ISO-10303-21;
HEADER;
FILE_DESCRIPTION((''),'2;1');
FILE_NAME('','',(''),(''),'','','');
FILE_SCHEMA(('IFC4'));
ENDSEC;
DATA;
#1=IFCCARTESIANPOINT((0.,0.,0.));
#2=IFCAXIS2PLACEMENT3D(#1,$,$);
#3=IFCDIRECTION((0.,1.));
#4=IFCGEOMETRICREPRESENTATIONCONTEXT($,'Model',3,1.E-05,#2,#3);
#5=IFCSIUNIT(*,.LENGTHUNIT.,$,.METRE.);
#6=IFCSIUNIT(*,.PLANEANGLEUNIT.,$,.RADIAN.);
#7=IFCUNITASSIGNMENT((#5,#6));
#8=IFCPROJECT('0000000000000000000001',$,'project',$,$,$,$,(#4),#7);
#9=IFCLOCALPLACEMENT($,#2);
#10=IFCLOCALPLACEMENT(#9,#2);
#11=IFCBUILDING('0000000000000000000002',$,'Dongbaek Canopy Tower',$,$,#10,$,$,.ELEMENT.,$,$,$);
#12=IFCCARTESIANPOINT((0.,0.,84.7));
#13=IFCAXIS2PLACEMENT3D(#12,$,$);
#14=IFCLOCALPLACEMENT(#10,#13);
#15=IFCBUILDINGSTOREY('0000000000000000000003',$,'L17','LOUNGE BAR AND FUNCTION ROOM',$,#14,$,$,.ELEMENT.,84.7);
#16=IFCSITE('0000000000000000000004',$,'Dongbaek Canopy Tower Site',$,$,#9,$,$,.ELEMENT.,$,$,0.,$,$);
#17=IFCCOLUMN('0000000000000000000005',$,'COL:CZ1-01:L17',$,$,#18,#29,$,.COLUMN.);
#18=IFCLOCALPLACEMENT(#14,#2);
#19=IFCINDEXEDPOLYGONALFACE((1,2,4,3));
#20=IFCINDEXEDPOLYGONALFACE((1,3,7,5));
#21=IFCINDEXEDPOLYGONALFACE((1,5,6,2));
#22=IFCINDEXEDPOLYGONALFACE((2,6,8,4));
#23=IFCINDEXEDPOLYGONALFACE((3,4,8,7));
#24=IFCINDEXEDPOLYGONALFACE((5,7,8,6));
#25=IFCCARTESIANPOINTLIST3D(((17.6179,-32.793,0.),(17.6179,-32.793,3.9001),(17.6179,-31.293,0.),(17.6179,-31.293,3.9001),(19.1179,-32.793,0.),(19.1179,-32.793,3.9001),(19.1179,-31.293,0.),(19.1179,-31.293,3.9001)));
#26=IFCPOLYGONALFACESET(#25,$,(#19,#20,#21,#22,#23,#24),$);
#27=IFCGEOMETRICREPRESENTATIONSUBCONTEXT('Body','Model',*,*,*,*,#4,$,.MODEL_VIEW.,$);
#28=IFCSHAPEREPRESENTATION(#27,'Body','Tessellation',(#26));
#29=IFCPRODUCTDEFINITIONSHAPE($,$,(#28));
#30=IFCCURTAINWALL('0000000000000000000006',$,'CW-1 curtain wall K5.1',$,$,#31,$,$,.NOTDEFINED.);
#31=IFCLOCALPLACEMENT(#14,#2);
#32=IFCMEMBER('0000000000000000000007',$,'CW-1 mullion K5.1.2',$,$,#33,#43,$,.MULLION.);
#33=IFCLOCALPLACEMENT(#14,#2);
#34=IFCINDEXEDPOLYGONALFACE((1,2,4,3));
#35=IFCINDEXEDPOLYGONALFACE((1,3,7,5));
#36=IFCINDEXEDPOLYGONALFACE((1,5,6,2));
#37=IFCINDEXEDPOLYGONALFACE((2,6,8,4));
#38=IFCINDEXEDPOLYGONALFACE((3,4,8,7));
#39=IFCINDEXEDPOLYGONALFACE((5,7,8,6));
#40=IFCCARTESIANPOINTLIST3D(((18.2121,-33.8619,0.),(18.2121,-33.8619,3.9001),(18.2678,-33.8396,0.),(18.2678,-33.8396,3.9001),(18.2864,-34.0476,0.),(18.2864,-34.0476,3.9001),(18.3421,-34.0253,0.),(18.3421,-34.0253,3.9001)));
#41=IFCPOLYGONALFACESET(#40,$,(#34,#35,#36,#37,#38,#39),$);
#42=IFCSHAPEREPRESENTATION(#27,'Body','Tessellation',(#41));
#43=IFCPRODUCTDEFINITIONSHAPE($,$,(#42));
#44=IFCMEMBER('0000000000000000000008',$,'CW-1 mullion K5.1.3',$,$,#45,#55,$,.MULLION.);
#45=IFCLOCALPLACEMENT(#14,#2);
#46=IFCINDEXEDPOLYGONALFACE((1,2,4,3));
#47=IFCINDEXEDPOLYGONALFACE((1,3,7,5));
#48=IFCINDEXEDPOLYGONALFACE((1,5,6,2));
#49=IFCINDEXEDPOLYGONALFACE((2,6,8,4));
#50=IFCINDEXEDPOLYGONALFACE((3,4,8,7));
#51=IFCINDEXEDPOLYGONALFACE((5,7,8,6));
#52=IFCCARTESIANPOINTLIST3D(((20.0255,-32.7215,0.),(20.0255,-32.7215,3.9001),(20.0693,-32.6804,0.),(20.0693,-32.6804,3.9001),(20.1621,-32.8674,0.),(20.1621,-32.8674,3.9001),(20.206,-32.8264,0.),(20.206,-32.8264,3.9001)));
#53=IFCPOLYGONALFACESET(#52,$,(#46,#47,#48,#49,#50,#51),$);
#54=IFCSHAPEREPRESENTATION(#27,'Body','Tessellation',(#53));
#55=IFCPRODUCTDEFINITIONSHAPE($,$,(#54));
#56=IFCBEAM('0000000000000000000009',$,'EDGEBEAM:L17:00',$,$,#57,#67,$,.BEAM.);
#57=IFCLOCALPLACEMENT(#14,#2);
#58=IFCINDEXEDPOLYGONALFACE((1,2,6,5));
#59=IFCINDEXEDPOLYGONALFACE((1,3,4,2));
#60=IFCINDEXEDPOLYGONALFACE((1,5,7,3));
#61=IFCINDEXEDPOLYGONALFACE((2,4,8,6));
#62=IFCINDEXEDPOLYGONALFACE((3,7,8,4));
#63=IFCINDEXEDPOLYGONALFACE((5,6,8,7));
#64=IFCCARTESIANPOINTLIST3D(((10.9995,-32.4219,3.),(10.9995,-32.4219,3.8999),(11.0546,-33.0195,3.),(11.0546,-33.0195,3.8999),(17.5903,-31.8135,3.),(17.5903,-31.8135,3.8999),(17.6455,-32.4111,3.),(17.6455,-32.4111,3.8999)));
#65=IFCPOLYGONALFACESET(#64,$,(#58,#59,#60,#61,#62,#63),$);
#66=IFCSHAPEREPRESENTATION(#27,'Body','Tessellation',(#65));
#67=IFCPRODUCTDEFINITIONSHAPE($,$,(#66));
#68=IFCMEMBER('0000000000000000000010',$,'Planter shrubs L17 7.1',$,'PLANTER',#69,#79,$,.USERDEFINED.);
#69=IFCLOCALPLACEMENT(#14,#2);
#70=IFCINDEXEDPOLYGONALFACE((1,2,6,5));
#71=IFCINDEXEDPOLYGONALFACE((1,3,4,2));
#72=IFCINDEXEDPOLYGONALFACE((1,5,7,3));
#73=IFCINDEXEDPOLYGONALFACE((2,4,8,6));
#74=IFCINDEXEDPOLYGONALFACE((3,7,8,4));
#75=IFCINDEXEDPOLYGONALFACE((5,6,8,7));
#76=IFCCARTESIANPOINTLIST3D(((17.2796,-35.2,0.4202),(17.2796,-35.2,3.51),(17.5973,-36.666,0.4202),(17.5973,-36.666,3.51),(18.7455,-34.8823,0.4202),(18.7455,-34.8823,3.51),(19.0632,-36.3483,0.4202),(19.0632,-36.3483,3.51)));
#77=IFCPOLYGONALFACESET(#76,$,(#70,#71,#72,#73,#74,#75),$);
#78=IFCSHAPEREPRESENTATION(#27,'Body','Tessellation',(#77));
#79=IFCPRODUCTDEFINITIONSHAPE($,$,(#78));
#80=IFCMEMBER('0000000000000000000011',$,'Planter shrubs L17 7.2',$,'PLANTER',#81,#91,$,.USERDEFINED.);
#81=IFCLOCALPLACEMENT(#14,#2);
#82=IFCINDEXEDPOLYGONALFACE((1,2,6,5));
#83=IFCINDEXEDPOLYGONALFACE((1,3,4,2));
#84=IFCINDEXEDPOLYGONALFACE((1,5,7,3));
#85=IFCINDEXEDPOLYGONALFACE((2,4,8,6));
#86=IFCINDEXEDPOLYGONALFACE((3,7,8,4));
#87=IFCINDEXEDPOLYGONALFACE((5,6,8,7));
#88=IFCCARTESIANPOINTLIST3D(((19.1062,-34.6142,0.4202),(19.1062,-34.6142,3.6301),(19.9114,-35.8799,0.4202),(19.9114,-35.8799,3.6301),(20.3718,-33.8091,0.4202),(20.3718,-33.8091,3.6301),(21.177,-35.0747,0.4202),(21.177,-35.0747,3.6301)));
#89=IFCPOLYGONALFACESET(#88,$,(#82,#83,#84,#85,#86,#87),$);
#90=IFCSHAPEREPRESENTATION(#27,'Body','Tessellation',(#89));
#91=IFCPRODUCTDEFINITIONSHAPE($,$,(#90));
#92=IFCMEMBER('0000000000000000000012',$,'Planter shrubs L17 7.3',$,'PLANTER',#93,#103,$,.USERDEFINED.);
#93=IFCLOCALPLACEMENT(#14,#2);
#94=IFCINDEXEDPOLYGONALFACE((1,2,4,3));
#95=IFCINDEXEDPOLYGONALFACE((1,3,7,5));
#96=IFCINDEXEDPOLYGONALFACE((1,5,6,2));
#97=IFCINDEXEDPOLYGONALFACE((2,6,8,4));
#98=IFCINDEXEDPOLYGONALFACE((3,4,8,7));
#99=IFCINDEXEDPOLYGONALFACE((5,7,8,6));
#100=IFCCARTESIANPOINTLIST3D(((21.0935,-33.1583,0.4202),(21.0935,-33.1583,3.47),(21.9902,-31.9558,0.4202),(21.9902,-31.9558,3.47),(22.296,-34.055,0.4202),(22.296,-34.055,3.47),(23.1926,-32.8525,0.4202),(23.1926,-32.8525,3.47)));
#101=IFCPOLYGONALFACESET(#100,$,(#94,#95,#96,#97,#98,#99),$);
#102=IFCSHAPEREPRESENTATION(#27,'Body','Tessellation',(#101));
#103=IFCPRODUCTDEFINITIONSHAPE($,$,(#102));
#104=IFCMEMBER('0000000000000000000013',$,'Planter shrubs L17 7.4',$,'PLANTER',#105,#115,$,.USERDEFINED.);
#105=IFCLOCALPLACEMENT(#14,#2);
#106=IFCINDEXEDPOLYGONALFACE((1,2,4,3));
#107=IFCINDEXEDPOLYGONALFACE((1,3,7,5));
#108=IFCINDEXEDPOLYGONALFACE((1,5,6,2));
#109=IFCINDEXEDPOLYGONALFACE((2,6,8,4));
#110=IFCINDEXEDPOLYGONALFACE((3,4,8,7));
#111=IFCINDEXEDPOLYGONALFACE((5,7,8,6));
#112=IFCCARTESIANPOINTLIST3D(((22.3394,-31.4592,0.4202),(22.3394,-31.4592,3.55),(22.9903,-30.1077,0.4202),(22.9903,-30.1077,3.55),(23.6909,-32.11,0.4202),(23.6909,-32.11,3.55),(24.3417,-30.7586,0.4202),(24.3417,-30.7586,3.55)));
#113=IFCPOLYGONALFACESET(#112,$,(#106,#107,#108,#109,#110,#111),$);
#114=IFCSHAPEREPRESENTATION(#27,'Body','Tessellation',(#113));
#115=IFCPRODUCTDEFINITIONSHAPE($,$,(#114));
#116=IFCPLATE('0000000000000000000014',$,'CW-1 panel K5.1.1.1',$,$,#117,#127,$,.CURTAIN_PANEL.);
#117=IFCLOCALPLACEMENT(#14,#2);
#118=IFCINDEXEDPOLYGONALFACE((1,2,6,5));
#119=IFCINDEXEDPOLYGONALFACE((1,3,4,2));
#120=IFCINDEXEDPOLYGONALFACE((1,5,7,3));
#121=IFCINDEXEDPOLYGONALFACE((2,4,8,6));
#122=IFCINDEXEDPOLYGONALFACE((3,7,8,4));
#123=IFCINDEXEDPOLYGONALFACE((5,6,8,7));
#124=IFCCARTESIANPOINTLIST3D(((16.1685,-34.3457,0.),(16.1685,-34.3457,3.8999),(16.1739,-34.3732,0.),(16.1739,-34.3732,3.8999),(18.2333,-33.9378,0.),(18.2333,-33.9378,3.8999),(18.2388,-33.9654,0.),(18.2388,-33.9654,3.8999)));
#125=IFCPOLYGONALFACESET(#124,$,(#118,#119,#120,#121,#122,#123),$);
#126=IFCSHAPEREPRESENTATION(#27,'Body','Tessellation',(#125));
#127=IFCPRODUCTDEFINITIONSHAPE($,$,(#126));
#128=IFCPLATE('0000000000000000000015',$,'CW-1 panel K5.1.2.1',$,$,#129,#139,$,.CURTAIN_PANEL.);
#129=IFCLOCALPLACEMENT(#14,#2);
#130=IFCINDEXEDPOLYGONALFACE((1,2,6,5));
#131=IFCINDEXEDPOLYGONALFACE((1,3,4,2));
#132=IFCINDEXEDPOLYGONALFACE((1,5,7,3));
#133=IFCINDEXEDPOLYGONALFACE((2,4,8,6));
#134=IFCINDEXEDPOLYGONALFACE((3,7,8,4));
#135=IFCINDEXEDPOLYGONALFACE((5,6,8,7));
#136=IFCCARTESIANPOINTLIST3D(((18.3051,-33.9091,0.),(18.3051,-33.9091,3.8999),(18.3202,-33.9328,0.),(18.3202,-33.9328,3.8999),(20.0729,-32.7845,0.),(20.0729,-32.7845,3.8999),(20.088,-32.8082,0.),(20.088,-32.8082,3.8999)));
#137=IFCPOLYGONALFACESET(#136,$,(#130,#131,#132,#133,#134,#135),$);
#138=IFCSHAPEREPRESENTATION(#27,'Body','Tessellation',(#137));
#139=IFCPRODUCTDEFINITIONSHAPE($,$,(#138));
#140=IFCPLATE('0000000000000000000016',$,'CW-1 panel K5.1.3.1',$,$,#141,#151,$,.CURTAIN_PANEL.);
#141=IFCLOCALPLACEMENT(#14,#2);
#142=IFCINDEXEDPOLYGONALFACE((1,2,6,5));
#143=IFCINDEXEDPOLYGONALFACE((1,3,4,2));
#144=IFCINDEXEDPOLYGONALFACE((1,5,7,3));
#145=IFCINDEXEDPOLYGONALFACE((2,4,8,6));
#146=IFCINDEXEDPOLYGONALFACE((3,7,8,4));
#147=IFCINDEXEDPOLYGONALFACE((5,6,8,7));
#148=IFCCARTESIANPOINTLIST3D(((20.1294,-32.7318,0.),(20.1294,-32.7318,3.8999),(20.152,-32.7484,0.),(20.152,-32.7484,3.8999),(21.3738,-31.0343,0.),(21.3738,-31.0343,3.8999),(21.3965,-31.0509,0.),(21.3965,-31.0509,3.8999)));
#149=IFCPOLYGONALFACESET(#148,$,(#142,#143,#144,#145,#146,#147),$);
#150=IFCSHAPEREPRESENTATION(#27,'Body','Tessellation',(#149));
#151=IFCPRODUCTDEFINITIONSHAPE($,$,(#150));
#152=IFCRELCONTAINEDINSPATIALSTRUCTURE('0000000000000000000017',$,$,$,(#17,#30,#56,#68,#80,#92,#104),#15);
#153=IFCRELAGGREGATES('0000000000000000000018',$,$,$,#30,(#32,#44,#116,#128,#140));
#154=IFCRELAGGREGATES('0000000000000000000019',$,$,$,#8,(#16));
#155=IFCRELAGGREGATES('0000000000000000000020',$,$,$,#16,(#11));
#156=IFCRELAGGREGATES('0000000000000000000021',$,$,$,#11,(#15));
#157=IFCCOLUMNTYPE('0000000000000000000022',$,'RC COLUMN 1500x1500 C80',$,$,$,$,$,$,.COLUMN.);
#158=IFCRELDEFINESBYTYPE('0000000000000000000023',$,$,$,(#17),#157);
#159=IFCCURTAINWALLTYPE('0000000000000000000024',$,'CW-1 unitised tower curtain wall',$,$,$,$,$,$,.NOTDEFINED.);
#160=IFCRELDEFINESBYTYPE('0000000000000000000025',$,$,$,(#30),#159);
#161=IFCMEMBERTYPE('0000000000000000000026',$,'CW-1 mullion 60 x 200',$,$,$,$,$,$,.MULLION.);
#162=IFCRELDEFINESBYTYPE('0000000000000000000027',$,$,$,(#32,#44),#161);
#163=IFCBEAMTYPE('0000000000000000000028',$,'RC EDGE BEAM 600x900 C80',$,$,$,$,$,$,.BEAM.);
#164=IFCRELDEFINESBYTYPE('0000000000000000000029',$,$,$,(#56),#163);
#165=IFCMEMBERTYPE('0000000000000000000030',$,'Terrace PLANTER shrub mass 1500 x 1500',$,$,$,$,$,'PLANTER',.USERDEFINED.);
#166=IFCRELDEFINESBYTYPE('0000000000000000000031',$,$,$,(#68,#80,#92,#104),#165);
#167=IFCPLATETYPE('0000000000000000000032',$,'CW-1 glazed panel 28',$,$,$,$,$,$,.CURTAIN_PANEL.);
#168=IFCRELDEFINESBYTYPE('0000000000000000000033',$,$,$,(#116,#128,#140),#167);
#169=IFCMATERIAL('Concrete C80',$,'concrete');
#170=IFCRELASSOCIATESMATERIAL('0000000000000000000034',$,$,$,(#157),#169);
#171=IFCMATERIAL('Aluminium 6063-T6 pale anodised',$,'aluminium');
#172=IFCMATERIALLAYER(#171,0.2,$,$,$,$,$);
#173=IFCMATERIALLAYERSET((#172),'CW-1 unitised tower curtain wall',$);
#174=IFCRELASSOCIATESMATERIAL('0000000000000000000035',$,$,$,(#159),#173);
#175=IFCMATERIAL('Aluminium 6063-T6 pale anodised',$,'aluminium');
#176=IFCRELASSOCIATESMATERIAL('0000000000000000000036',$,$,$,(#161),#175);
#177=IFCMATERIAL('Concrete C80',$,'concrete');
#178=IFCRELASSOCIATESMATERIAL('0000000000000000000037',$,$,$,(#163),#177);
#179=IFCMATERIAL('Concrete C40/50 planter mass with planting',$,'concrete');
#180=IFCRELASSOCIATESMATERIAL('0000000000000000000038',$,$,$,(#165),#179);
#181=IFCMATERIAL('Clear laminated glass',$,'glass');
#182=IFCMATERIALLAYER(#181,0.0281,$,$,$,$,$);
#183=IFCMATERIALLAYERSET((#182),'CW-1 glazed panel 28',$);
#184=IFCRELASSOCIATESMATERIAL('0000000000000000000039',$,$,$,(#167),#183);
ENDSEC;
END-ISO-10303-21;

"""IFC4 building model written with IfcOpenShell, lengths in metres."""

from ifc_helpers import new_model, si_unit, direction, frame, origin, origin_2d, place, context, subcontext, project, spatial, rectangle, extrude, material, layer, layer_set, material_profile, profile_set, type_object, element, aggregate, save


model = new_model("IFC4")

# Units and contexts
model_context = context("Model", 3, precision=1e-05, world=origin(), true_north=direction((0.0, 1.0)))
body_context = subcontext(model_context, "Body", "Model", "MODEL_VIEW")
ifc_project = project(units=[si_unit("LENGTHUNIT", "METRE"), si_unit("PLANEANGLEUNIT", "RADIAN")], contexts=[model_context])

# Site, building, storey
site_placement = place(None, origin())
site = spatial("IfcSite", under=ifc_project, at=site_placement, Name="Dongbaek Canopy Tower Site", CompositionType="ELEMENT", RefElevation=0.0)
building_placement = place(site_placement, origin())
building = spatial("IfcBuilding", under=site, at=building_placement, Name="Dongbaek Canopy Tower", CompositionType="ELEMENT")
storey_placement = place(building_placement, frame((0.0, 0.0, 84.7)))
storey = spatial("IfcBuildingStorey", under=building, at=storey_placement, Name="L17", Description="LOUNGE BAR AND FUNCTION ROOM", CompositionType="ELEMENT", Elevation=84.7)

# Column
ifc_material_1 = material(Name="Concrete C80", Category="concrete")
ifc_material_profile_1 = material_profile(ifc_material_1, rectangle(XDim=1.5, YDim=1.5, at=origin_2d()), Name="RC COLUMN 1500x1500 C80")
ifc_profile_set_1 = profile_set([ifc_material_profile_1], Name="Concrete C80")
column_type = type_object("IfcColumnType", Name="RC COLUMN 1500x1500 C80", PredefinedType="COLUMN", material=ifc_profile_set_1)
column_placement = place(storey_placement, frame((18.3679, -32.043, 0.0), z_axis=(0.0, 0.0, 1.0), x_axis=(1.0, 0.0, 0.0)))
element("IfcColumn", 1, at=column_placement, inside=storey, type_object=column_type, Name="COL:CZ1-01:L17", PredefinedType="COLUMN", context=body_context, shape_type="SweptSolid", body=[
    extrude(rectangle(XDim=1.5, YDim=1.5, at=origin_2d()), origin(), (0.0, 0.0, 1.0), 3.9001),
])

# Curtain wall, members
ifc_material_2 = material(Name="Aluminium 6063-T6 pale anodised", Category="aluminium")
ifc_layer_1 = layer(ifc_material_2, 0.2)
ifc_layer_set_1 = layer_set([ifc_layer_1], Name="CW-1 unitised tower curtain wall")
curtain_wall_type = type_object("IfcCurtainWallType", Name="CW-1 unitised tower curtain wall", PredefinedType="NOTDEFINED", material=ifc_layer_set_1)
curtain_wall_placement = place(storey_placement, origin())
curtain_wall = element("IfcCurtainWall", 2, at=curtain_wall_placement, inside=storey, type_object=curtain_wall_type, Name="CW-1 curtain wall K5.1", PredefinedType="NOTDEFINED")
ifc_material_3 = material(Name="Aluminium 6063-T6 pale anodised", Category="aluminium")
ifc_material_profile_2 = material_profile(ifc_material_3, rectangle(XDim=0.2, YDim=0.0601, at=origin_2d()), Name="CW-1 mullion 60 x 200")
ifc_profile_set_2 = profile_set([ifc_material_profile_2], Name="Aluminium 6063-T6 pale anodised")
member_type_1 = type_object("IfcMemberType", Name="CW-1 mullion 60 x 200", PredefinedType="MULLION", material=ifc_profile_set_2)
member_1_placement = place(storey_placement, frame((18.2771, -33.9436, 0.0), z_axis=(0.0, 0.0, 1.0), x_axis=(0.371658, -0.92837, 0.0)))
member_1 = element("IfcMember", 3, at=member_1_placement, type_object=member_type_1, Name="CW-1 mullion K5.1.2", PredefinedType="MULLION", context=body_context, shape_type="SweptSolid", body=[
    extrude(rectangle(XDim=0.2, YDim=0.0601, at=origin_2d()), origin(), (0.0, 0.0, 1.0), 3.9001),
])
member_2_placement = place(storey_placement, frame((20.1157, -32.7739, 0.0), z_axis=(0.0, 0.0, 1.0), x_axis=(0.683384, -0.730059, 0.0)))
member_2 = element("IfcMember", 4, at=member_2_placement, type_object=member_type_1, Name="CW-1 mullion K5.1.3", PredefinedType="MULLION", context=body_context, shape_type="SweptSolid", body=[
    extrude(rectangle(XDim=0.2, YDim=0.0601, at=origin_2d()), origin(), (0.0, 0.0, 1.0), 3.9001),
])

# Beam
ifc_material_4 = material(Name="Concrete C80", Category="concrete")
ifc_material_profile_3 = material_profile(ifc_material_4, rectangle(XDim=0.6001, YDim=0.8999, at=origin_2d()), Name="RC EDGE BEAM 600x900 C80")
ifc_profile_set_3 = profile_set([ifc_material_profile_3], Name="Concrete C80")
beam_type = type_object("IfcBeamType", Name="RC EDGE BEAM 600x900 C80", PredefinedType="BEAM", material=ifc_profile_set_3)
beam_placement = place(storey_placement, frame((17.6179, -32.1123, 3.45), z_axis=(-0.995766, -0.091919, 0.0), x_axis=(0.091919, -0.995766, 0.0)))
element("IfcBeam", 5, at=beam_placement, inside=storey, type_object=beam_type, Name="EDGEBEAM:L17:00", PredefinedType="BEAM", context=body_context, shape_type="SweptSolid", body=[
    extrude(rectangle(XDim=0.6001, YDim=0.8999, at=origin_2d()), origin(), (0.0, 0.0, 1.0), 6.6189),
])

# Members
ifc_material_5 = material(Name="Concrete C40/50 planter mass with planting", Category="concrete")
ifc_material_profile_4 = material_profile(ifc_material_5, rectangle(XDim=1.5, YDim=1.5, at=origin_2d()), Name="Terrace PLANTER shrub mass 1500 x 1500")
ifc_profile_set_4 = profile_set([ifc_material_profile_4], Name="Concrete C40/50 planter mass with planting")
member_type_2 = type_object("IfcMemberType", Name="Terrace PLANTER shrub mass 1500 x 1500", ElementType="PLANTER", PredefinedType="USERDEFINED", material=ifc_profile_set_4)
member_3_placement = place(storey_placement, frame((18.1714, -35.7742, 0.4202), z_axis=(0.0, 0.0, 1.0), x_axis=(0.2118, -0.977313, 0.0)))
element("IfcMember", 6, at=member_3_placement, inside=storey, type_object=member_type_2, Name="Planter shrubs L17 7.1", ObjectType="PLANTER", PredefinedType="USERDEFINED", context=body_context, shape_type="SweptSolid", body=[
    extrude(rectangle(XDim=1.5, YDim=1.5, at=origin_2d()), origin(), (0.0, 0.0, 1.0), 3.0898),
])
member_4_placement = place(storey_placement, frame((20.1416, -34.8445, 0.4202), z_axis=(0.0, 0.0, 1.0), x_axis=(0.536759, -0.843736, 0.0)))
element("IfcMember", 7, at=member_4_placement, inside=storey, type_object=member_type_2, Name="Planter shrubs L17 7.2", ObjectType="PLANTER", PredefinedType="USERDEFINED", context=body_context, shape_type="SweptSolid", body=[
    extrude(rectangle(XDim=1.5, YDim=1.5, at=origin_2d()), origin(), (0.0, 0.0, 1.0), 3.21),
])
member_5_placement = place(storey_placement, frame((22.1431, -33.0054, 0.4202), z_axis=(0.0, 0.0, 1.0), x_axis=(0.80166, -0.59778, 0.0)))
element("IfcMember", 8, at=member_5_placement, inside=storey, type_object=member_type_2, Name="Planter shrubs L17 7.3", ObjectType="PLANTER", PredefinedType="USERDEFINED", context=body_context, shape_type="SweptSolid", body=[
    extrude(rectangle(XDim=1.5, YDim=1.5, at=origin_2d()), origin(), (0.0, 0.0, 1.0), 3.0498),
])
member_6_placement = place(storey_placement, frame((23.3406, -31.1089, 0.4202), z_axis=(0.0, 0.0, 1.0), x_axis=(0.900961, -0.4339, 0.0)))
element("IfcMember", 9, at=member_6_placement, inside=storey, type_object=member_type_2, Name="Planter shrubs L17 7.4", ObjectType="PLANTER", PredefinedType="USERDEFINED", context=body_context, shape_type="SweptSolid", body=[
    extrude(rectangle(XDim=1.5, YDim=1.5, at=origin_2d()), origin(), (0.0, 0.0, 1.0), 3.1299),
])

# Plates
ifc_material_6 = material(Name="Clear laminated glass", Category="glass")
ifc_layer_2 = layer(ifc_material_6, 0.0281)
ifc_layer_set_2 = layer_set([ifc_layer_2], Name="CW-1 glazed panel 28")
plate_type = type_object("IfcPlateType", Name="CW-1 glazed panel 28", PredefinedType="CURTAIN_PANEL", material=ifc_layer_set_2)
plate_1_placement = place(storey_placement, frame((17.2036, -34.1555, 0.0), z_axis=(0.0, 0.0, 1.0), x_axis=(0.981048, 0.193764, 0.0)))
plate_1 = element("IfcPlate", 10, at=plate_1_placement, type_object=plate_type, Name="CW-1 panel K5.1.1.1", PredefinedType="CURTAIN_PANEL", context=body_context, shape_type="SweptSolid", body=[
    extrude(rectangle(XDim=2.1047, YDim=0.0281, at=origin_2d()), origin(), (0.0, 0.0, 1.0), 3.8999),
])
plate_2_placement = place(storey_placement, frame((19.1965, -33.3586, 0.0), z_axis=(0.0, 0.0, 1.0), x_axis=(0.843736, 0.536759, 0.0)))
plate_2 = element("IfcPlate", 11, at=plate_2_placement, type_object=plate_type, Name="CW-1 panel K5.1.2.1", PredefinedType="CURTAIN_PANEL", context=body_context, shape_type="SweptSolid", body=[
    extrude(rectangle(XDim=2.0952, YDim=0.0281, at=origin_2d()), origin(), (0.0, 0.0, 1.0), 3.8999),
])
plate_3_placement = place(storey_placement, frame((20.7629, -31.8914, 0.0), z_axis=(0.0, 0.0, 1.0), x_axis=(0.591253, 0.806486, 0.0)))
plate_3 = element("IfcPlate", 12, at=plate_3_placement, type_object=plate_type, Name="CW-1 panel K5.1.3.1", PredefinedType="CURTAIN_PANEL", context=body_context, shape_type="SweptSolid", body=[
    extrude(rectangle(XDim=2.1047, YDim=0.0281, at=origin_2d()), origin(), (0.0, 0.0, 1.0), 3.8999),
])
aggregate(curtain_wall, [member_1, member_2, plate_1, plate_2, plate_3])

save(model, "model.ifc")
